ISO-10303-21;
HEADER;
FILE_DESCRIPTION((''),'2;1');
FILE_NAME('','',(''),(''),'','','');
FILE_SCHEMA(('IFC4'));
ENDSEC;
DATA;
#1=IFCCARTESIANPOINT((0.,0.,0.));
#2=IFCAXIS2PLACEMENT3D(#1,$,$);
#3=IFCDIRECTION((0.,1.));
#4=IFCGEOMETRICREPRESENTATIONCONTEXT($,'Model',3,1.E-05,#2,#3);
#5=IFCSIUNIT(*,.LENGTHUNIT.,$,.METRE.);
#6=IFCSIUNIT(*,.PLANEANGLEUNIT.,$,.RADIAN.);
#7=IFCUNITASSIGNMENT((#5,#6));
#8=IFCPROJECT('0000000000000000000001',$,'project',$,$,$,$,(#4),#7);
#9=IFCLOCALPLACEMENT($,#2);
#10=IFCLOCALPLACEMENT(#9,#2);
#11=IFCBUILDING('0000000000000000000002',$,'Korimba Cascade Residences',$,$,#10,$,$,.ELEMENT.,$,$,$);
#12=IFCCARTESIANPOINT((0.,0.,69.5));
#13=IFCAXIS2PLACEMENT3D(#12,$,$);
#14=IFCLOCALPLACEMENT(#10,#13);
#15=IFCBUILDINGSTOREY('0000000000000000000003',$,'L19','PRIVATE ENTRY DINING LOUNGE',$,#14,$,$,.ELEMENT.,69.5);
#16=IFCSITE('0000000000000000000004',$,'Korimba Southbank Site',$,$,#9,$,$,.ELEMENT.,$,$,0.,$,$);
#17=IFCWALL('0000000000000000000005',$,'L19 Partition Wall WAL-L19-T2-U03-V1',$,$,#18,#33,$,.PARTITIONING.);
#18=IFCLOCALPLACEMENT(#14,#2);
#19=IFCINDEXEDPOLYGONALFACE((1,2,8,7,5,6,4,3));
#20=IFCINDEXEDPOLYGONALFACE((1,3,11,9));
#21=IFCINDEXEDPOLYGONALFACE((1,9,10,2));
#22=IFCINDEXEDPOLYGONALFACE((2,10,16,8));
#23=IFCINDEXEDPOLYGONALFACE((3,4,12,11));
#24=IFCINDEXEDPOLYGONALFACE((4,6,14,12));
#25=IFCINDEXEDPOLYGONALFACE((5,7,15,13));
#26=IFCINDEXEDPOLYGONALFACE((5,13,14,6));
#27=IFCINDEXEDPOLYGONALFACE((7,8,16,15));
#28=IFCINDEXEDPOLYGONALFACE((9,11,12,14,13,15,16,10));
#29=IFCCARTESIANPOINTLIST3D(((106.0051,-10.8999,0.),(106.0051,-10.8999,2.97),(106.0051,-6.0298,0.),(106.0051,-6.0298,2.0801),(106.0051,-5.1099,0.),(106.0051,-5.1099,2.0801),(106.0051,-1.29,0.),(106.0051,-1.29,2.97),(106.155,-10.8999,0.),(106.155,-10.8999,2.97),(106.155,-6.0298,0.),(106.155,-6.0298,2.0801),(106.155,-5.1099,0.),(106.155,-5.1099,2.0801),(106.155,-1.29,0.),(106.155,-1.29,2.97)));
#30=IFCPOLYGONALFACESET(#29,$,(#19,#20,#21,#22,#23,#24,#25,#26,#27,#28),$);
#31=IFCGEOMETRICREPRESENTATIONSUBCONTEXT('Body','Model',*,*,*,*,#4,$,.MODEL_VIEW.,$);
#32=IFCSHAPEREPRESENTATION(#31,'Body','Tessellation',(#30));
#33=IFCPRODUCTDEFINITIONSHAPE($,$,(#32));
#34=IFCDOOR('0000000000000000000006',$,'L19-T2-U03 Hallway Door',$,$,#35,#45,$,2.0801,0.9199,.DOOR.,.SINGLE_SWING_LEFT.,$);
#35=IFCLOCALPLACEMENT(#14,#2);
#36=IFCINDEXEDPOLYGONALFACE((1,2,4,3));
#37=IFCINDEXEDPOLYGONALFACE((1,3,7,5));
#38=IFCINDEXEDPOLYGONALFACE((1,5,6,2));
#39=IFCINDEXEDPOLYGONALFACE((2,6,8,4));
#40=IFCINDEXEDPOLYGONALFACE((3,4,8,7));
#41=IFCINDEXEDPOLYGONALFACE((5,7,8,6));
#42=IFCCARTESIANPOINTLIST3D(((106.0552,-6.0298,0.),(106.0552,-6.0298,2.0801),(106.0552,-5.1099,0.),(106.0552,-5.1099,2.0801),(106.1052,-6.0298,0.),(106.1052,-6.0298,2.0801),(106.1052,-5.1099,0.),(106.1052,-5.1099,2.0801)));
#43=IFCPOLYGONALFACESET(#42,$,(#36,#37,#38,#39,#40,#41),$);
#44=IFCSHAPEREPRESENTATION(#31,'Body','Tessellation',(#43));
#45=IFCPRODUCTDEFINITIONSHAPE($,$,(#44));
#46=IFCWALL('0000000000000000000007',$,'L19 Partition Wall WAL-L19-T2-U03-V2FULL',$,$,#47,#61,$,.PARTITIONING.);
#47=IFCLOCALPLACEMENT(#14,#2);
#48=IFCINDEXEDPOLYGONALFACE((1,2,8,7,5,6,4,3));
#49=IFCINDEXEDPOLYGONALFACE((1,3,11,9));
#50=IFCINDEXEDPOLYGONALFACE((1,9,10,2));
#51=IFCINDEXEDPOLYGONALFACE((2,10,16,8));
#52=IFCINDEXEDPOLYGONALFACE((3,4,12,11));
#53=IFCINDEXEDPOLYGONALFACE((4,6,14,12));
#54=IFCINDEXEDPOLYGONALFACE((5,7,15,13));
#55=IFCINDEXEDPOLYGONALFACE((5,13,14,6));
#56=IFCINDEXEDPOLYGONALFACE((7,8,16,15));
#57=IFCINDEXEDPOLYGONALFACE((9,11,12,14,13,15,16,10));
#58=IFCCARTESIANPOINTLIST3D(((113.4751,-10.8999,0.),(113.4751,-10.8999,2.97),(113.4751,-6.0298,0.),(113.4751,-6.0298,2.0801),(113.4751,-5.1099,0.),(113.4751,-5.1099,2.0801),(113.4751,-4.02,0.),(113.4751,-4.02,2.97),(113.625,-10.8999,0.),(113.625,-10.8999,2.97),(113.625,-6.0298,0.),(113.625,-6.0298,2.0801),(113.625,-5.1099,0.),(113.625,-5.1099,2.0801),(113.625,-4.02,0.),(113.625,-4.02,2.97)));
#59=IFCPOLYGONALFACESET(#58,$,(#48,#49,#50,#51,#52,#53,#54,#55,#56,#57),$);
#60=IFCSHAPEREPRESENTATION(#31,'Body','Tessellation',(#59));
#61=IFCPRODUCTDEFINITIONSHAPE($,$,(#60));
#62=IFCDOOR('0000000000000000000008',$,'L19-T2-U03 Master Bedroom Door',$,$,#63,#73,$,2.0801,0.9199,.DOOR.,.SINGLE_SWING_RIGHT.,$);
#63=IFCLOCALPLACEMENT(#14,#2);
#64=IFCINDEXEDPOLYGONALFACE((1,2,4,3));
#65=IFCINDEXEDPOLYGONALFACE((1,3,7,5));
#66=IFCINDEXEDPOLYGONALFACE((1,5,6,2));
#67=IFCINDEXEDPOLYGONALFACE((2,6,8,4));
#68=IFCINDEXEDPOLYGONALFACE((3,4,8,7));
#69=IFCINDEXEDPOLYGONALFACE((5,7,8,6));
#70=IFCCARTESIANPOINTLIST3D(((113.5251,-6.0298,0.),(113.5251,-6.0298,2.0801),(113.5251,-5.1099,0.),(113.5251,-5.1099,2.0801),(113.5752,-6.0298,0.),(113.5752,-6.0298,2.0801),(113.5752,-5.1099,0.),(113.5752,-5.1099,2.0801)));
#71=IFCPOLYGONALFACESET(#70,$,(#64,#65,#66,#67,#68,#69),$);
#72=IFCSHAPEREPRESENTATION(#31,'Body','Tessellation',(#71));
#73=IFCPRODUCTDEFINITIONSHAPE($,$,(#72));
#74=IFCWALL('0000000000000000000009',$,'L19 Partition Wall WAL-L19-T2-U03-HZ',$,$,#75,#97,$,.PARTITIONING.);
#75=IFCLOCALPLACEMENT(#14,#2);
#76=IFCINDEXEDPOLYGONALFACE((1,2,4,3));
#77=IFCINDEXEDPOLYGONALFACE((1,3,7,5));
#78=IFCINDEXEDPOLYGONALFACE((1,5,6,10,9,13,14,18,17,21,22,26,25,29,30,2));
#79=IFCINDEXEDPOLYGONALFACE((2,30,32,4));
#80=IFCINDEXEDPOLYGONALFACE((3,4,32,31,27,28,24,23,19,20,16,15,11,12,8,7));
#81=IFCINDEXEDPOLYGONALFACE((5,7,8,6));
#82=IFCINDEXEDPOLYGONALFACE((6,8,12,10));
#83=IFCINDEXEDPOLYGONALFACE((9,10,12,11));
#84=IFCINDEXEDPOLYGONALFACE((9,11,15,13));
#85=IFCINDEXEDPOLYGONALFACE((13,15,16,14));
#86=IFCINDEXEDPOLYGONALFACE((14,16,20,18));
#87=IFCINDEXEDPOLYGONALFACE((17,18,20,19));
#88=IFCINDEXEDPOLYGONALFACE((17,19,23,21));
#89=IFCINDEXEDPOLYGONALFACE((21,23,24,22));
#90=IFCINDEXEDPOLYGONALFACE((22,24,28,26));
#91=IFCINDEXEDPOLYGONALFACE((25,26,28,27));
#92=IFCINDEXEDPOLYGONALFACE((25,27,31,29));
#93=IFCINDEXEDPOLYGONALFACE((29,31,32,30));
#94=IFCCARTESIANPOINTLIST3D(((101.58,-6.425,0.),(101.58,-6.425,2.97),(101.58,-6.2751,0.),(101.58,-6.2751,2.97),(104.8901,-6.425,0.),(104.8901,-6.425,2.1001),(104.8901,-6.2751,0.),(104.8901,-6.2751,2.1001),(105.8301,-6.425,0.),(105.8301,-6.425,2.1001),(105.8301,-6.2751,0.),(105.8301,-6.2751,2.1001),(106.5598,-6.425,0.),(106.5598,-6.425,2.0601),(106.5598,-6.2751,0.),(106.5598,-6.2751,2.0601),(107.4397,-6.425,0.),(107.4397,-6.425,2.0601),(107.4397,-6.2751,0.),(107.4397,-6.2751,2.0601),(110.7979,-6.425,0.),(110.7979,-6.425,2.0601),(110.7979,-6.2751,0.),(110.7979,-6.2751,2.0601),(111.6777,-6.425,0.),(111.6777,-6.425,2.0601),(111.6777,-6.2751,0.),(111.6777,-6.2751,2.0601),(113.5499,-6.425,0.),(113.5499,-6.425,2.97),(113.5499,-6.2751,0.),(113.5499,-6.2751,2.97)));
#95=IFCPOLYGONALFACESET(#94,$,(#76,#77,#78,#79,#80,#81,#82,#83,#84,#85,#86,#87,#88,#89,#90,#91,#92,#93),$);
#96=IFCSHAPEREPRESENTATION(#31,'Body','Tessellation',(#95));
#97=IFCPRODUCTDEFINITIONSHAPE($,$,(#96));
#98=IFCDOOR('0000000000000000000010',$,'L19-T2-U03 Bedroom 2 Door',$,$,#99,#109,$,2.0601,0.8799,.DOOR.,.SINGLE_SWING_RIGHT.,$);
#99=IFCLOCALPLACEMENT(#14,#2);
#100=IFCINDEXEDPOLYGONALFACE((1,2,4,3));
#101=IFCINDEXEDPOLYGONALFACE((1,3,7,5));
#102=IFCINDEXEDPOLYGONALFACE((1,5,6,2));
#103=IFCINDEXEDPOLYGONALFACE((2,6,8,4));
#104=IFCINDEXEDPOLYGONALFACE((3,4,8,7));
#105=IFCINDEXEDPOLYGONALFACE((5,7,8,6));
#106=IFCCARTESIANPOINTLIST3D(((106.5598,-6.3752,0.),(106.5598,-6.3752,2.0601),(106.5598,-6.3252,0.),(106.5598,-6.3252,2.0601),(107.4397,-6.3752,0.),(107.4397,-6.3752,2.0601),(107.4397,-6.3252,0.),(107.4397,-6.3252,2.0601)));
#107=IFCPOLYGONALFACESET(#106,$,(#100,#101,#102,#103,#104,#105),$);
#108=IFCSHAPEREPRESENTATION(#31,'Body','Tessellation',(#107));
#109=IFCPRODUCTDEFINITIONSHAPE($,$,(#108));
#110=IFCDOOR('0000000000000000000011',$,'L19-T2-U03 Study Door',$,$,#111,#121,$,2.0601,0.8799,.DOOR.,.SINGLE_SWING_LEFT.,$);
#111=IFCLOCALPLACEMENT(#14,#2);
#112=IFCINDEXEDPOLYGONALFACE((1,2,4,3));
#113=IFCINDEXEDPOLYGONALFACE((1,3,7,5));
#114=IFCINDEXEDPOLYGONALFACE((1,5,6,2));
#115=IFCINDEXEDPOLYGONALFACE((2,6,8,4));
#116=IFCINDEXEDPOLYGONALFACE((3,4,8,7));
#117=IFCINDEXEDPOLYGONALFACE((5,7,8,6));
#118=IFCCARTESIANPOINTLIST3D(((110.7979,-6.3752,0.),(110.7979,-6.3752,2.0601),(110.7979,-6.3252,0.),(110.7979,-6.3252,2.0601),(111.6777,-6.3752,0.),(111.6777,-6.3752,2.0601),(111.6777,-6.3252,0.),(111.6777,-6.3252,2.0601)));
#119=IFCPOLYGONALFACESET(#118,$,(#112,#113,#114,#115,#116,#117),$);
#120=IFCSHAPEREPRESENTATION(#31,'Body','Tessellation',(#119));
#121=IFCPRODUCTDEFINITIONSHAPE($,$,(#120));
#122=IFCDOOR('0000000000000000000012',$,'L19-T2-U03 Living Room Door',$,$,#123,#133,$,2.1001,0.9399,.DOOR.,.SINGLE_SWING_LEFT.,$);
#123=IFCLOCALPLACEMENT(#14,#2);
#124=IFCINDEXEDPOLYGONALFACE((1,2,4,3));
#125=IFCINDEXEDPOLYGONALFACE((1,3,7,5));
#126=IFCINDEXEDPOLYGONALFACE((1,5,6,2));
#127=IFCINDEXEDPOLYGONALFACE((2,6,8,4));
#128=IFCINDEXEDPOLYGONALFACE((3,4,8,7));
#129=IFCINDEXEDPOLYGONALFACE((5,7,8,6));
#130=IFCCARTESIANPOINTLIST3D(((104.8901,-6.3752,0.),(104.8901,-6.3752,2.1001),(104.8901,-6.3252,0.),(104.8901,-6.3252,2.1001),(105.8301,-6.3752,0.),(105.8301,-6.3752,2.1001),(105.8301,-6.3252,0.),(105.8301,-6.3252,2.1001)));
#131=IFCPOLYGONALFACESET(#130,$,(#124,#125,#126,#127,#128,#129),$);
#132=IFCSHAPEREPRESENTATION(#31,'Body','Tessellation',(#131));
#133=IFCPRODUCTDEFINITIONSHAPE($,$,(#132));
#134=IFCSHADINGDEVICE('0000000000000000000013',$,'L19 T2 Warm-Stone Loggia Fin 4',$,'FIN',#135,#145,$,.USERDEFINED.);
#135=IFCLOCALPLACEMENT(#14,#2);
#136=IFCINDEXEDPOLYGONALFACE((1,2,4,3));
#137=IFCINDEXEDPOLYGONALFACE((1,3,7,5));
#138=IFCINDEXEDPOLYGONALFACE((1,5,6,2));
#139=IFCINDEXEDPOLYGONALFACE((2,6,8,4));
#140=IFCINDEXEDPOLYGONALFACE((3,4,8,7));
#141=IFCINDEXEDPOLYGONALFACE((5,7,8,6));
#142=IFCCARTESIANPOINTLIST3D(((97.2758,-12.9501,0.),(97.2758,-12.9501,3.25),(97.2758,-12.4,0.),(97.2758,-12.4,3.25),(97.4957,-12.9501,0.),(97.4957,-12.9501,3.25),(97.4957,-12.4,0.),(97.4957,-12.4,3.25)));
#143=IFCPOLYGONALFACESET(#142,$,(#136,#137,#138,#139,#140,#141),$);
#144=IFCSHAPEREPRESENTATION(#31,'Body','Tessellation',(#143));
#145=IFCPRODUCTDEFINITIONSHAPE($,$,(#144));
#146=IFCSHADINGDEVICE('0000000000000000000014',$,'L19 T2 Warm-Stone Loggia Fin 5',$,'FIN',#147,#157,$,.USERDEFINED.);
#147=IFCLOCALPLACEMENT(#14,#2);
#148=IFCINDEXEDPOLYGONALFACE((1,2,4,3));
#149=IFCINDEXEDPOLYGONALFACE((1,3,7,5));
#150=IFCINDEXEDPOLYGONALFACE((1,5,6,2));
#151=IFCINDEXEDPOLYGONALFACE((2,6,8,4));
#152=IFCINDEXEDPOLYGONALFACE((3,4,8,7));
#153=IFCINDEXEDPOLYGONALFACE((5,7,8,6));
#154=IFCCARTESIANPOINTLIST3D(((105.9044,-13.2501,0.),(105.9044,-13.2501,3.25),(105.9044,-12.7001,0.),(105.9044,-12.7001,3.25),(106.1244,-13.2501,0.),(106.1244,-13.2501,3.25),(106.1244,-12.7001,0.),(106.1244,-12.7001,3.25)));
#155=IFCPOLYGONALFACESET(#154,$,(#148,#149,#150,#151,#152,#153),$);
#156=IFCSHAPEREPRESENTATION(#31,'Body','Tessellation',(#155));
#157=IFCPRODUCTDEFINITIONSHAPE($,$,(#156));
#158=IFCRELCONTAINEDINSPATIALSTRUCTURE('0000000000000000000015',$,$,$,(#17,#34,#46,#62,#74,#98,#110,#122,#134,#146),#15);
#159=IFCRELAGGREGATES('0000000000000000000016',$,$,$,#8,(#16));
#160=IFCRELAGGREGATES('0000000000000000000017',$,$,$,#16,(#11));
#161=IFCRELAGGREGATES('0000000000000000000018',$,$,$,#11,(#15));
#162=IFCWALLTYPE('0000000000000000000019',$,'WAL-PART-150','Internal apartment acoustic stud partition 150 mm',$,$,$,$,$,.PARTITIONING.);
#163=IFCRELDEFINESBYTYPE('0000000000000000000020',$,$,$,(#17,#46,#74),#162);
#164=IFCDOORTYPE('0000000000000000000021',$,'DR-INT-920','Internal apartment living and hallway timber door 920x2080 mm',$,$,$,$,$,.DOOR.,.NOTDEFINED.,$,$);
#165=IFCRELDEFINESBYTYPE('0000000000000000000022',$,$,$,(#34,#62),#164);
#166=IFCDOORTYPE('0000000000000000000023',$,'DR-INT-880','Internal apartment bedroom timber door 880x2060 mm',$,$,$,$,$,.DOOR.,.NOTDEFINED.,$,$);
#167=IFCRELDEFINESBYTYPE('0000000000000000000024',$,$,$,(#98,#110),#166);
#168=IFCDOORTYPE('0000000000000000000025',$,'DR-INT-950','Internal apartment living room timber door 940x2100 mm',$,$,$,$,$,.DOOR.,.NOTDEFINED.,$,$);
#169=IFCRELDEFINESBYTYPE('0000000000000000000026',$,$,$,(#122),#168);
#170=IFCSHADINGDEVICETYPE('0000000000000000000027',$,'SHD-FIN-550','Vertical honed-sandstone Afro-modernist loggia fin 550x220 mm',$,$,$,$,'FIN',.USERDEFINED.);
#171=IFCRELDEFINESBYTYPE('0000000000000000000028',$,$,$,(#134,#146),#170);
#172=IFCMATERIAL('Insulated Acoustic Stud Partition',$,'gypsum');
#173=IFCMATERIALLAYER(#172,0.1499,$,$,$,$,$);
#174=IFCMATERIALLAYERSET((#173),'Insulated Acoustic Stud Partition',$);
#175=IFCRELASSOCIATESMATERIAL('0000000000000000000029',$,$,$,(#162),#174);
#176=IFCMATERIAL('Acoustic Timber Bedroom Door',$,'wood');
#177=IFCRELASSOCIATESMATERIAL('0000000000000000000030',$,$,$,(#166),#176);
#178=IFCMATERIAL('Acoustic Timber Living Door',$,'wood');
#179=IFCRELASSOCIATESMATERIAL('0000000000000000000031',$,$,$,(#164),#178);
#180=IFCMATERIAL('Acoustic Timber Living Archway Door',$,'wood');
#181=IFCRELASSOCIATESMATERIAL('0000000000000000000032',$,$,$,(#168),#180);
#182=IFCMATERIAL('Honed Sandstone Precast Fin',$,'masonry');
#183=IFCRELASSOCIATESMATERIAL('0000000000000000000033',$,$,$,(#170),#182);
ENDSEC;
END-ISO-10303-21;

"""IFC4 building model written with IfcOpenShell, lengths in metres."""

from ifc_helpers import new_model, si_unit, direction, frame, frame_2d, origin, origin_2d, place, context, subcontext, project, spatial, rectangle, extrude, material, layer, layer_set, type_object, element, fill, save


model = new_model("IFC4")

# Units and contexts
model_context = context("Model", 3, precision=1e-05, world=origin(), true_north=direction((0.0, 1.0)))
body_context = subcontext(model_context, "Body", "Model", "MODEL_VIEW")
ifc_project = project(units=[si_unit("LENGTHUNIT", "METRE"), si_unit("PLANEANGLEUNIT", "RADIAN")], contexts=[model_context])

# Site, building, storey
site_placement = place(None, origin())
site = spatial("IfcSite", under=ifc_project, at=site_placement, Name="Korimba Southbank Site", CompositionType="ELEMENT", RefElevation=0.0)
building_placement = place(site_placement, origin())
building = spatial("IfcBuilding", under=site, at=building_placement, Name="Korimba Cascade Residences", CompositionType="ELEMENT")
storey_placement = place(building_placement, frame((0.0, 0.0, 69.5)))
storey = spatial("IfcBuildingStorey", under=building, at=storey_placement, Name="L19", Description="PRIVATE ENTRY DINING LOUNGE", CompositionType="ELEMENT", Elevation=69.5)

# Shared definitions
ifc_material_1 = material(Name="Insulated Acoustic Stud Partition", Category="gypsum")
ifc_layer_1 = layer(ifc_material_1, 0.1499)
ifc_layer_set_1 = layer_set([ifc_layer_1], Name="Insulated Acoustic Stud Partition")
wall_type_1 = type_object("IfcWallType", Name="WAL-PART-150", Description="Internal apartment acoustic stud partition 150 mm", PredefinedType="PARTITIONING", material=ifc_layer_set_1)
ifc_material_2 = material(Name="Acoustic Timber Bedroom Door", Category="wood")
door_type_1 = type_object("IfcDoorType", Name="DR-INT-880", Description="Internal apartment bedroom timber door 880x2060 mm", OperationType="NOTDEFINED", PredefinedType="DOOR", material=ifc_material_2)

# Walls, openings, doors
wall_1_placement = place(storey_placement, frame((106.0801, -10.8999, 0.0), z_axis=(0.0, 0.0, 1.0), x_axis=(0.0, 1.0, 0.0)))
wall_1 = element("IfcWall", 1, at=wall_1_placement, inside=storey, type_object=wall_type_1, Name="L19 Partition Wall WAL-L19-T2-U03-V1", PredefinedType="PARTITIONING", context=body_context, shape_type="SweptSolid", body=[
    extrude(rectangle(XDim=9.6099, YDim=0.1499, at=frame_2d((4.8049, 0.0))), origin(), (0.0, 0.0, 1.0), 2.97),
])
opening_1_placement = place(wall_1_placement, frame((4.8701, 0.0, 0.0)))
opening_1 = element("IfcOpeningElement", 2, at=opening_1_placement, cuts=wall_1, PredefinedType="OPENING", context=body_context, shape_type="SweptSolid", body=[
    extrude(rectangle(XDim=0.9199, YDim=2.0801, at=frame_2d((0.46, 1.04))), frame((0.0, 0.085, 0.0), z_axis=(0.0, -1.0, 0.0), x_axis=(1.0, 0.0, 0.0)), (0.0, 0.0, 1.0), 0.1699),
])
ifc_material_3 = material(Name="Acoustic Timber Living Door", Category="wood")
door_type_2 = type_object("IfcDoorType", Name="DR-INT-920", Description="Internal apartment living and hallway timber door 920x2080 mm", OperationType="NOTDEFINED", PredefinedType="DOOR", material=ifc_material_3)
door_1_placement = place(opening_1_placement, origin())
door_1 = element("IfcDoor", 3, at=door_1_placement, inside=storey, type_object=door_type_2, Name="L19-T2-U03 Hallway Door", OperationType="SINGLE_SWING_LEFT", OverallHeight=2.0801, OverallWidth=0.9199, PredefinedType="DOOR", context=body_context, shape_type="SweptSolid", body=[
    extrude(rectangle(XDim=0.9199, YDim=2.0801, at=frame_2d((0.46, 1.04))), frame((0.0, 0.0249, 0.0), z_axis=(0.0, -1.0, 0.0), x_axis=(1.0, 0.0, 0.0)), (0.0, 0.0, 1.0), 0.05),
])
fill(opening_1, door_1)
wall_2_placement = place(storey_placement, frame((113.55, -10.8999, 0.0), z_axis=(0.0, 0.0, 1.0), x_axis=(0.0, 1.0, 0.0)))
wall_2 = element("IfcWall", 4, at=wall_2_placement, inside=storey, type_object=wall_type_1, Name="L19 Partition Wall WAL-L19-T2-U03-V2FULL", PredefinedType="PARTITIONING", context=body_context, shape_type="SweptSolid", body=[
    extrude(rectangle(XDim=6.8799, YDim=0.1499, at=frame_2d((3.4399, 0.0))), origin(), (0.0, 0.0, 1.0), 2.97),
])
opening_2_placement = place(wall_2_placement, frame((4.8701, 0.0, 0.0)))
opening_2 = element("IfcOpeningElement", 5, at=opening_2_placement, cuts=wall_2, PredefinedType="OPENING", context=body_context, shape_type="SweptSolid", body=[
    extrude(rectangle(XDim=0.9199, YDim=2.0801, at=frame_2d((0.46, 1.04))), frame((0.0, 0.085, 0.0), z_axis=(0.0, -1.0, 0.0), x_axis=(1.0, 0.0, 0.0)), (0.0, 0.0, 1.0), 0.1699),
])
door_2_placement = place(opening_2_placement, origin())
door_2 = element("IfcDoor", 6, at=door_2_placement, inside=storey, type_object=door_type_2, Name="L19-T2-U03 Master Bedroom Door", OperationType="SINGLE_SWING_RIGHT", OverallHeight=2.0801, OverallWidth=0.9199, PredefinedType="DOOR", context=body_context, shape_type="SweptSolid", body=[
    extrude(rectangle(XDim=0.9199, YDim=2.0801, at=frame_2d((0.46, 1.04))), frame((0.0, 0.0249, 0.0), z_axis=(0.0, -1.0, 0.0), x_axis=(1.0, 0.0, 0.0)), (0.0, 0.0, 1.0), 0.05),
])
fill(opening_2, door_2)

# Wall, openings, doors
wall_3_placement = place(storey_placement, frame((101.5801, -6.3501, 0.0), z_axis=(0.0, 0.0, 1.0), x_axis=(1.0, 0.0, 0.0)))
wall_3 = element("IfcWall", 7, at=wall_3_placement, inside=storey, type_object=wall_type_1, Name="L19 Partition Wall WAL-L19-T2-U03-HZ", PredefinedType="PARTITIONING", context=body_context, shape_type="SweptSolid", body=[
    extrude(rectangle(XDim=11.97, YDim=0.1499, at=frame_2d((5.9849, 0.0))), origin(), (0.0, 0.0, 1.0), 2.97),
])
opening_3_placement = place(wall_3_placement, frame((3.3101, 0.0, 0.0)))
opening_3 = element("IfcOpeningElement", 8, at=opening_3_placement, cuts=wall_3, PredefinedType="OPENING", context=body_context, shape_type="SweptSolid", body=[
    extrude(rectangle(XDim=0.9399, YDim=2.1001, at=frame_2d((0.47, 1.05))), frame((0.0, 0.085, 0.0), z_axis=(0.0, -1.0, 0.0), x_axis=(1.0, 0.0, 0.0)), (0.0, 0.0, 1.0), 0.1699),
])
opening_4_placement = place(wall_3_placement, frame((4.9797, 0.0, 0.0)))
opening_4 = element("IfcOpeningElement", 9, at=opening_4_placement, cuts=wall_3, PredefinedType="OPENING", context=body_context, shape_type="SweptSolid", body=[
    extrude(rectangle(XDim=0.8799, YDim=2.0601, at=frame_2d((0.4399, 1.03))), frame((0.0, 0.085, 0.0), z_axis=(0.0, -1.0, 0.0), x_axis=(1.0, 0.0, 0.0)), (0.0, 0.0, 1.0), 0.1699),
])
opening_5_placement = place(wall_3_placement, frame((9.2178, 0.0, 0.0)))
opening_5 = element("IfcOpeningElement", 10, at=opening_5_placement, cuts=wall_3, PredefinedType="OPENING", context=body_context, shape_type="SweptSolid", body=[
    extrude(rectangle(XDim=0.8799, YDim=2.0601, at=frame_2d((0.4399, 1.03))), frame((0.0, 0.085, 0.0), z_axis=(0.0, -1.0, 0.0), x_axis=(1.0, 0.0, 0.0)), (0.0, 0.0, 1.0), 0.1699),
])
door_3_placement = place(opening_4_placement, origin())
door_3 = element("IfcDoor", 11, at=door_3_placement, inside=storey, type_object=door_type_1, Name="L19-T2-U03 Bedroom 2 Door", OperationType="SINGLE_SWING_RIGHT", OverallHeight=2.0601, OverallWidth=0.8799, PredefinedType="DOOR", context=body_context, shape_type="SweptSolid", body=[
    extrude(rectangle(XDim=0.8799, YDim=2.0601, at=frame_2d((0.4399, 1.03))), frame((0.0, 0.0249, 0.0), z_axis=(0.0, -1.0, 0.0), x_axis=(1.0, 0.0, 0.0)), (0.0, 0.0, 1.0), 0.05),
])
fill(opening_4, door_3)
door_4_placement = place(opening_5_placement, origin())
door_4 = element("IfcDoor", 12, at=door_4_placement, inside=storey, type_object=door_type_1, Name="L19-T2-U03 Study Door", OperationType="SINGLE_SWING_LEFT", OverallHeight=2.0601, OverallWidth=0.8799, PredefinedType="DOOR", context=body_context, shape_type="SweptSolid", body=[
    extrude(rectangle(XDim=0.8799, YDim=2.0601, at=frame_2d((0.4399, 1.03))), frame((0.0, 0.0249, 0.0), z_axis=(0.0, -1.0, 0.0), x_axis=(1.0, 0.0, 0.0)), (0.0, 0.0, 1.0), 0.05),
])
fill(opening_5, door_4)
ifc_material_4 = material(Name="Acoustic Timber Living Archway Door", Category="wood")
door_type_3 = type_object("IfcDoorType", Name="DR-INT-950", Description="Internal apartment living room timber door 940x2100 mm", OperationType="NOTDEFINED", PredefinedType="DOOR", material=ifc_material_4)
door_5_placement = place(opening_3_placement, origin())
door_5 = element("IfcDoor", 13, at=door_5_placement, inside=storey, type_object=door_type_3, Name="L19-T2-U03 Living Room Door", OperationType="SINGLE_SWING_LEFT", OverallHeight=2.1001, OverallWidth=0.9399, PredefinedType="DOOR", context=body_context, shape_type="SweptSolid", body=[
    extrude(rectangle(XDim=0.9399, YDim=2.1001, at=frame_2d((0.47, 1.05))), frame((0.0, 0.0249, 0.0), z_axis=(0.0, -1.0, 0.0), x_axis=(1.0, 0.0, 0.0)), (0.0, 0.0, 1.0), 0.05),
])
fill(opening_3, door_5)

# Shading devices
ifc_material_5 = material(Name="Honed Sandstone Precast Fin", Category="masonry")
shading_device_type = type_object("IfcShadingDeviceType", Name="SHD-FIN-550", Description="Vertical honed-sandstone Afro-modernist loggia fin 550x220 mm", ElementType="FIN", PredefinedType="USERDEFINED", material=ifc_material_5)
for number, where, z_axis, x_axis, name in (
    (14, (97.3857, -12.675, 0.0), (0.0, 0.0, 1.0), (1.0, 0.0, 0.0), "L19 T2 Warm-Stone Loggia Fin 4"),
    (15, (106.0144, -12.9751, 0.0), (0.0, 0.0, 1.0), (1.0, 0.0, 0.0), "L19 T2 Warm-Stone Loggia Fin 5"),
):
    element("IfcShadingDevice", number, at=place(storey_placement, frame(where, z_axis=z_axis, x_axis=x_axis)), inside=storey, type_object=shading_device_type, Name=name, ObjectType="FIN", PredefinedType="USERDEFINED", context=body_context, shape_type="SweptSolid", body=[
        extrude(rectangle(XDim=0.22, YDim=0.55, at=origin_2d()), origin(), (0.0, 0.0, 1.0), 3.25),
    ])

save(model, "model.ifc")
